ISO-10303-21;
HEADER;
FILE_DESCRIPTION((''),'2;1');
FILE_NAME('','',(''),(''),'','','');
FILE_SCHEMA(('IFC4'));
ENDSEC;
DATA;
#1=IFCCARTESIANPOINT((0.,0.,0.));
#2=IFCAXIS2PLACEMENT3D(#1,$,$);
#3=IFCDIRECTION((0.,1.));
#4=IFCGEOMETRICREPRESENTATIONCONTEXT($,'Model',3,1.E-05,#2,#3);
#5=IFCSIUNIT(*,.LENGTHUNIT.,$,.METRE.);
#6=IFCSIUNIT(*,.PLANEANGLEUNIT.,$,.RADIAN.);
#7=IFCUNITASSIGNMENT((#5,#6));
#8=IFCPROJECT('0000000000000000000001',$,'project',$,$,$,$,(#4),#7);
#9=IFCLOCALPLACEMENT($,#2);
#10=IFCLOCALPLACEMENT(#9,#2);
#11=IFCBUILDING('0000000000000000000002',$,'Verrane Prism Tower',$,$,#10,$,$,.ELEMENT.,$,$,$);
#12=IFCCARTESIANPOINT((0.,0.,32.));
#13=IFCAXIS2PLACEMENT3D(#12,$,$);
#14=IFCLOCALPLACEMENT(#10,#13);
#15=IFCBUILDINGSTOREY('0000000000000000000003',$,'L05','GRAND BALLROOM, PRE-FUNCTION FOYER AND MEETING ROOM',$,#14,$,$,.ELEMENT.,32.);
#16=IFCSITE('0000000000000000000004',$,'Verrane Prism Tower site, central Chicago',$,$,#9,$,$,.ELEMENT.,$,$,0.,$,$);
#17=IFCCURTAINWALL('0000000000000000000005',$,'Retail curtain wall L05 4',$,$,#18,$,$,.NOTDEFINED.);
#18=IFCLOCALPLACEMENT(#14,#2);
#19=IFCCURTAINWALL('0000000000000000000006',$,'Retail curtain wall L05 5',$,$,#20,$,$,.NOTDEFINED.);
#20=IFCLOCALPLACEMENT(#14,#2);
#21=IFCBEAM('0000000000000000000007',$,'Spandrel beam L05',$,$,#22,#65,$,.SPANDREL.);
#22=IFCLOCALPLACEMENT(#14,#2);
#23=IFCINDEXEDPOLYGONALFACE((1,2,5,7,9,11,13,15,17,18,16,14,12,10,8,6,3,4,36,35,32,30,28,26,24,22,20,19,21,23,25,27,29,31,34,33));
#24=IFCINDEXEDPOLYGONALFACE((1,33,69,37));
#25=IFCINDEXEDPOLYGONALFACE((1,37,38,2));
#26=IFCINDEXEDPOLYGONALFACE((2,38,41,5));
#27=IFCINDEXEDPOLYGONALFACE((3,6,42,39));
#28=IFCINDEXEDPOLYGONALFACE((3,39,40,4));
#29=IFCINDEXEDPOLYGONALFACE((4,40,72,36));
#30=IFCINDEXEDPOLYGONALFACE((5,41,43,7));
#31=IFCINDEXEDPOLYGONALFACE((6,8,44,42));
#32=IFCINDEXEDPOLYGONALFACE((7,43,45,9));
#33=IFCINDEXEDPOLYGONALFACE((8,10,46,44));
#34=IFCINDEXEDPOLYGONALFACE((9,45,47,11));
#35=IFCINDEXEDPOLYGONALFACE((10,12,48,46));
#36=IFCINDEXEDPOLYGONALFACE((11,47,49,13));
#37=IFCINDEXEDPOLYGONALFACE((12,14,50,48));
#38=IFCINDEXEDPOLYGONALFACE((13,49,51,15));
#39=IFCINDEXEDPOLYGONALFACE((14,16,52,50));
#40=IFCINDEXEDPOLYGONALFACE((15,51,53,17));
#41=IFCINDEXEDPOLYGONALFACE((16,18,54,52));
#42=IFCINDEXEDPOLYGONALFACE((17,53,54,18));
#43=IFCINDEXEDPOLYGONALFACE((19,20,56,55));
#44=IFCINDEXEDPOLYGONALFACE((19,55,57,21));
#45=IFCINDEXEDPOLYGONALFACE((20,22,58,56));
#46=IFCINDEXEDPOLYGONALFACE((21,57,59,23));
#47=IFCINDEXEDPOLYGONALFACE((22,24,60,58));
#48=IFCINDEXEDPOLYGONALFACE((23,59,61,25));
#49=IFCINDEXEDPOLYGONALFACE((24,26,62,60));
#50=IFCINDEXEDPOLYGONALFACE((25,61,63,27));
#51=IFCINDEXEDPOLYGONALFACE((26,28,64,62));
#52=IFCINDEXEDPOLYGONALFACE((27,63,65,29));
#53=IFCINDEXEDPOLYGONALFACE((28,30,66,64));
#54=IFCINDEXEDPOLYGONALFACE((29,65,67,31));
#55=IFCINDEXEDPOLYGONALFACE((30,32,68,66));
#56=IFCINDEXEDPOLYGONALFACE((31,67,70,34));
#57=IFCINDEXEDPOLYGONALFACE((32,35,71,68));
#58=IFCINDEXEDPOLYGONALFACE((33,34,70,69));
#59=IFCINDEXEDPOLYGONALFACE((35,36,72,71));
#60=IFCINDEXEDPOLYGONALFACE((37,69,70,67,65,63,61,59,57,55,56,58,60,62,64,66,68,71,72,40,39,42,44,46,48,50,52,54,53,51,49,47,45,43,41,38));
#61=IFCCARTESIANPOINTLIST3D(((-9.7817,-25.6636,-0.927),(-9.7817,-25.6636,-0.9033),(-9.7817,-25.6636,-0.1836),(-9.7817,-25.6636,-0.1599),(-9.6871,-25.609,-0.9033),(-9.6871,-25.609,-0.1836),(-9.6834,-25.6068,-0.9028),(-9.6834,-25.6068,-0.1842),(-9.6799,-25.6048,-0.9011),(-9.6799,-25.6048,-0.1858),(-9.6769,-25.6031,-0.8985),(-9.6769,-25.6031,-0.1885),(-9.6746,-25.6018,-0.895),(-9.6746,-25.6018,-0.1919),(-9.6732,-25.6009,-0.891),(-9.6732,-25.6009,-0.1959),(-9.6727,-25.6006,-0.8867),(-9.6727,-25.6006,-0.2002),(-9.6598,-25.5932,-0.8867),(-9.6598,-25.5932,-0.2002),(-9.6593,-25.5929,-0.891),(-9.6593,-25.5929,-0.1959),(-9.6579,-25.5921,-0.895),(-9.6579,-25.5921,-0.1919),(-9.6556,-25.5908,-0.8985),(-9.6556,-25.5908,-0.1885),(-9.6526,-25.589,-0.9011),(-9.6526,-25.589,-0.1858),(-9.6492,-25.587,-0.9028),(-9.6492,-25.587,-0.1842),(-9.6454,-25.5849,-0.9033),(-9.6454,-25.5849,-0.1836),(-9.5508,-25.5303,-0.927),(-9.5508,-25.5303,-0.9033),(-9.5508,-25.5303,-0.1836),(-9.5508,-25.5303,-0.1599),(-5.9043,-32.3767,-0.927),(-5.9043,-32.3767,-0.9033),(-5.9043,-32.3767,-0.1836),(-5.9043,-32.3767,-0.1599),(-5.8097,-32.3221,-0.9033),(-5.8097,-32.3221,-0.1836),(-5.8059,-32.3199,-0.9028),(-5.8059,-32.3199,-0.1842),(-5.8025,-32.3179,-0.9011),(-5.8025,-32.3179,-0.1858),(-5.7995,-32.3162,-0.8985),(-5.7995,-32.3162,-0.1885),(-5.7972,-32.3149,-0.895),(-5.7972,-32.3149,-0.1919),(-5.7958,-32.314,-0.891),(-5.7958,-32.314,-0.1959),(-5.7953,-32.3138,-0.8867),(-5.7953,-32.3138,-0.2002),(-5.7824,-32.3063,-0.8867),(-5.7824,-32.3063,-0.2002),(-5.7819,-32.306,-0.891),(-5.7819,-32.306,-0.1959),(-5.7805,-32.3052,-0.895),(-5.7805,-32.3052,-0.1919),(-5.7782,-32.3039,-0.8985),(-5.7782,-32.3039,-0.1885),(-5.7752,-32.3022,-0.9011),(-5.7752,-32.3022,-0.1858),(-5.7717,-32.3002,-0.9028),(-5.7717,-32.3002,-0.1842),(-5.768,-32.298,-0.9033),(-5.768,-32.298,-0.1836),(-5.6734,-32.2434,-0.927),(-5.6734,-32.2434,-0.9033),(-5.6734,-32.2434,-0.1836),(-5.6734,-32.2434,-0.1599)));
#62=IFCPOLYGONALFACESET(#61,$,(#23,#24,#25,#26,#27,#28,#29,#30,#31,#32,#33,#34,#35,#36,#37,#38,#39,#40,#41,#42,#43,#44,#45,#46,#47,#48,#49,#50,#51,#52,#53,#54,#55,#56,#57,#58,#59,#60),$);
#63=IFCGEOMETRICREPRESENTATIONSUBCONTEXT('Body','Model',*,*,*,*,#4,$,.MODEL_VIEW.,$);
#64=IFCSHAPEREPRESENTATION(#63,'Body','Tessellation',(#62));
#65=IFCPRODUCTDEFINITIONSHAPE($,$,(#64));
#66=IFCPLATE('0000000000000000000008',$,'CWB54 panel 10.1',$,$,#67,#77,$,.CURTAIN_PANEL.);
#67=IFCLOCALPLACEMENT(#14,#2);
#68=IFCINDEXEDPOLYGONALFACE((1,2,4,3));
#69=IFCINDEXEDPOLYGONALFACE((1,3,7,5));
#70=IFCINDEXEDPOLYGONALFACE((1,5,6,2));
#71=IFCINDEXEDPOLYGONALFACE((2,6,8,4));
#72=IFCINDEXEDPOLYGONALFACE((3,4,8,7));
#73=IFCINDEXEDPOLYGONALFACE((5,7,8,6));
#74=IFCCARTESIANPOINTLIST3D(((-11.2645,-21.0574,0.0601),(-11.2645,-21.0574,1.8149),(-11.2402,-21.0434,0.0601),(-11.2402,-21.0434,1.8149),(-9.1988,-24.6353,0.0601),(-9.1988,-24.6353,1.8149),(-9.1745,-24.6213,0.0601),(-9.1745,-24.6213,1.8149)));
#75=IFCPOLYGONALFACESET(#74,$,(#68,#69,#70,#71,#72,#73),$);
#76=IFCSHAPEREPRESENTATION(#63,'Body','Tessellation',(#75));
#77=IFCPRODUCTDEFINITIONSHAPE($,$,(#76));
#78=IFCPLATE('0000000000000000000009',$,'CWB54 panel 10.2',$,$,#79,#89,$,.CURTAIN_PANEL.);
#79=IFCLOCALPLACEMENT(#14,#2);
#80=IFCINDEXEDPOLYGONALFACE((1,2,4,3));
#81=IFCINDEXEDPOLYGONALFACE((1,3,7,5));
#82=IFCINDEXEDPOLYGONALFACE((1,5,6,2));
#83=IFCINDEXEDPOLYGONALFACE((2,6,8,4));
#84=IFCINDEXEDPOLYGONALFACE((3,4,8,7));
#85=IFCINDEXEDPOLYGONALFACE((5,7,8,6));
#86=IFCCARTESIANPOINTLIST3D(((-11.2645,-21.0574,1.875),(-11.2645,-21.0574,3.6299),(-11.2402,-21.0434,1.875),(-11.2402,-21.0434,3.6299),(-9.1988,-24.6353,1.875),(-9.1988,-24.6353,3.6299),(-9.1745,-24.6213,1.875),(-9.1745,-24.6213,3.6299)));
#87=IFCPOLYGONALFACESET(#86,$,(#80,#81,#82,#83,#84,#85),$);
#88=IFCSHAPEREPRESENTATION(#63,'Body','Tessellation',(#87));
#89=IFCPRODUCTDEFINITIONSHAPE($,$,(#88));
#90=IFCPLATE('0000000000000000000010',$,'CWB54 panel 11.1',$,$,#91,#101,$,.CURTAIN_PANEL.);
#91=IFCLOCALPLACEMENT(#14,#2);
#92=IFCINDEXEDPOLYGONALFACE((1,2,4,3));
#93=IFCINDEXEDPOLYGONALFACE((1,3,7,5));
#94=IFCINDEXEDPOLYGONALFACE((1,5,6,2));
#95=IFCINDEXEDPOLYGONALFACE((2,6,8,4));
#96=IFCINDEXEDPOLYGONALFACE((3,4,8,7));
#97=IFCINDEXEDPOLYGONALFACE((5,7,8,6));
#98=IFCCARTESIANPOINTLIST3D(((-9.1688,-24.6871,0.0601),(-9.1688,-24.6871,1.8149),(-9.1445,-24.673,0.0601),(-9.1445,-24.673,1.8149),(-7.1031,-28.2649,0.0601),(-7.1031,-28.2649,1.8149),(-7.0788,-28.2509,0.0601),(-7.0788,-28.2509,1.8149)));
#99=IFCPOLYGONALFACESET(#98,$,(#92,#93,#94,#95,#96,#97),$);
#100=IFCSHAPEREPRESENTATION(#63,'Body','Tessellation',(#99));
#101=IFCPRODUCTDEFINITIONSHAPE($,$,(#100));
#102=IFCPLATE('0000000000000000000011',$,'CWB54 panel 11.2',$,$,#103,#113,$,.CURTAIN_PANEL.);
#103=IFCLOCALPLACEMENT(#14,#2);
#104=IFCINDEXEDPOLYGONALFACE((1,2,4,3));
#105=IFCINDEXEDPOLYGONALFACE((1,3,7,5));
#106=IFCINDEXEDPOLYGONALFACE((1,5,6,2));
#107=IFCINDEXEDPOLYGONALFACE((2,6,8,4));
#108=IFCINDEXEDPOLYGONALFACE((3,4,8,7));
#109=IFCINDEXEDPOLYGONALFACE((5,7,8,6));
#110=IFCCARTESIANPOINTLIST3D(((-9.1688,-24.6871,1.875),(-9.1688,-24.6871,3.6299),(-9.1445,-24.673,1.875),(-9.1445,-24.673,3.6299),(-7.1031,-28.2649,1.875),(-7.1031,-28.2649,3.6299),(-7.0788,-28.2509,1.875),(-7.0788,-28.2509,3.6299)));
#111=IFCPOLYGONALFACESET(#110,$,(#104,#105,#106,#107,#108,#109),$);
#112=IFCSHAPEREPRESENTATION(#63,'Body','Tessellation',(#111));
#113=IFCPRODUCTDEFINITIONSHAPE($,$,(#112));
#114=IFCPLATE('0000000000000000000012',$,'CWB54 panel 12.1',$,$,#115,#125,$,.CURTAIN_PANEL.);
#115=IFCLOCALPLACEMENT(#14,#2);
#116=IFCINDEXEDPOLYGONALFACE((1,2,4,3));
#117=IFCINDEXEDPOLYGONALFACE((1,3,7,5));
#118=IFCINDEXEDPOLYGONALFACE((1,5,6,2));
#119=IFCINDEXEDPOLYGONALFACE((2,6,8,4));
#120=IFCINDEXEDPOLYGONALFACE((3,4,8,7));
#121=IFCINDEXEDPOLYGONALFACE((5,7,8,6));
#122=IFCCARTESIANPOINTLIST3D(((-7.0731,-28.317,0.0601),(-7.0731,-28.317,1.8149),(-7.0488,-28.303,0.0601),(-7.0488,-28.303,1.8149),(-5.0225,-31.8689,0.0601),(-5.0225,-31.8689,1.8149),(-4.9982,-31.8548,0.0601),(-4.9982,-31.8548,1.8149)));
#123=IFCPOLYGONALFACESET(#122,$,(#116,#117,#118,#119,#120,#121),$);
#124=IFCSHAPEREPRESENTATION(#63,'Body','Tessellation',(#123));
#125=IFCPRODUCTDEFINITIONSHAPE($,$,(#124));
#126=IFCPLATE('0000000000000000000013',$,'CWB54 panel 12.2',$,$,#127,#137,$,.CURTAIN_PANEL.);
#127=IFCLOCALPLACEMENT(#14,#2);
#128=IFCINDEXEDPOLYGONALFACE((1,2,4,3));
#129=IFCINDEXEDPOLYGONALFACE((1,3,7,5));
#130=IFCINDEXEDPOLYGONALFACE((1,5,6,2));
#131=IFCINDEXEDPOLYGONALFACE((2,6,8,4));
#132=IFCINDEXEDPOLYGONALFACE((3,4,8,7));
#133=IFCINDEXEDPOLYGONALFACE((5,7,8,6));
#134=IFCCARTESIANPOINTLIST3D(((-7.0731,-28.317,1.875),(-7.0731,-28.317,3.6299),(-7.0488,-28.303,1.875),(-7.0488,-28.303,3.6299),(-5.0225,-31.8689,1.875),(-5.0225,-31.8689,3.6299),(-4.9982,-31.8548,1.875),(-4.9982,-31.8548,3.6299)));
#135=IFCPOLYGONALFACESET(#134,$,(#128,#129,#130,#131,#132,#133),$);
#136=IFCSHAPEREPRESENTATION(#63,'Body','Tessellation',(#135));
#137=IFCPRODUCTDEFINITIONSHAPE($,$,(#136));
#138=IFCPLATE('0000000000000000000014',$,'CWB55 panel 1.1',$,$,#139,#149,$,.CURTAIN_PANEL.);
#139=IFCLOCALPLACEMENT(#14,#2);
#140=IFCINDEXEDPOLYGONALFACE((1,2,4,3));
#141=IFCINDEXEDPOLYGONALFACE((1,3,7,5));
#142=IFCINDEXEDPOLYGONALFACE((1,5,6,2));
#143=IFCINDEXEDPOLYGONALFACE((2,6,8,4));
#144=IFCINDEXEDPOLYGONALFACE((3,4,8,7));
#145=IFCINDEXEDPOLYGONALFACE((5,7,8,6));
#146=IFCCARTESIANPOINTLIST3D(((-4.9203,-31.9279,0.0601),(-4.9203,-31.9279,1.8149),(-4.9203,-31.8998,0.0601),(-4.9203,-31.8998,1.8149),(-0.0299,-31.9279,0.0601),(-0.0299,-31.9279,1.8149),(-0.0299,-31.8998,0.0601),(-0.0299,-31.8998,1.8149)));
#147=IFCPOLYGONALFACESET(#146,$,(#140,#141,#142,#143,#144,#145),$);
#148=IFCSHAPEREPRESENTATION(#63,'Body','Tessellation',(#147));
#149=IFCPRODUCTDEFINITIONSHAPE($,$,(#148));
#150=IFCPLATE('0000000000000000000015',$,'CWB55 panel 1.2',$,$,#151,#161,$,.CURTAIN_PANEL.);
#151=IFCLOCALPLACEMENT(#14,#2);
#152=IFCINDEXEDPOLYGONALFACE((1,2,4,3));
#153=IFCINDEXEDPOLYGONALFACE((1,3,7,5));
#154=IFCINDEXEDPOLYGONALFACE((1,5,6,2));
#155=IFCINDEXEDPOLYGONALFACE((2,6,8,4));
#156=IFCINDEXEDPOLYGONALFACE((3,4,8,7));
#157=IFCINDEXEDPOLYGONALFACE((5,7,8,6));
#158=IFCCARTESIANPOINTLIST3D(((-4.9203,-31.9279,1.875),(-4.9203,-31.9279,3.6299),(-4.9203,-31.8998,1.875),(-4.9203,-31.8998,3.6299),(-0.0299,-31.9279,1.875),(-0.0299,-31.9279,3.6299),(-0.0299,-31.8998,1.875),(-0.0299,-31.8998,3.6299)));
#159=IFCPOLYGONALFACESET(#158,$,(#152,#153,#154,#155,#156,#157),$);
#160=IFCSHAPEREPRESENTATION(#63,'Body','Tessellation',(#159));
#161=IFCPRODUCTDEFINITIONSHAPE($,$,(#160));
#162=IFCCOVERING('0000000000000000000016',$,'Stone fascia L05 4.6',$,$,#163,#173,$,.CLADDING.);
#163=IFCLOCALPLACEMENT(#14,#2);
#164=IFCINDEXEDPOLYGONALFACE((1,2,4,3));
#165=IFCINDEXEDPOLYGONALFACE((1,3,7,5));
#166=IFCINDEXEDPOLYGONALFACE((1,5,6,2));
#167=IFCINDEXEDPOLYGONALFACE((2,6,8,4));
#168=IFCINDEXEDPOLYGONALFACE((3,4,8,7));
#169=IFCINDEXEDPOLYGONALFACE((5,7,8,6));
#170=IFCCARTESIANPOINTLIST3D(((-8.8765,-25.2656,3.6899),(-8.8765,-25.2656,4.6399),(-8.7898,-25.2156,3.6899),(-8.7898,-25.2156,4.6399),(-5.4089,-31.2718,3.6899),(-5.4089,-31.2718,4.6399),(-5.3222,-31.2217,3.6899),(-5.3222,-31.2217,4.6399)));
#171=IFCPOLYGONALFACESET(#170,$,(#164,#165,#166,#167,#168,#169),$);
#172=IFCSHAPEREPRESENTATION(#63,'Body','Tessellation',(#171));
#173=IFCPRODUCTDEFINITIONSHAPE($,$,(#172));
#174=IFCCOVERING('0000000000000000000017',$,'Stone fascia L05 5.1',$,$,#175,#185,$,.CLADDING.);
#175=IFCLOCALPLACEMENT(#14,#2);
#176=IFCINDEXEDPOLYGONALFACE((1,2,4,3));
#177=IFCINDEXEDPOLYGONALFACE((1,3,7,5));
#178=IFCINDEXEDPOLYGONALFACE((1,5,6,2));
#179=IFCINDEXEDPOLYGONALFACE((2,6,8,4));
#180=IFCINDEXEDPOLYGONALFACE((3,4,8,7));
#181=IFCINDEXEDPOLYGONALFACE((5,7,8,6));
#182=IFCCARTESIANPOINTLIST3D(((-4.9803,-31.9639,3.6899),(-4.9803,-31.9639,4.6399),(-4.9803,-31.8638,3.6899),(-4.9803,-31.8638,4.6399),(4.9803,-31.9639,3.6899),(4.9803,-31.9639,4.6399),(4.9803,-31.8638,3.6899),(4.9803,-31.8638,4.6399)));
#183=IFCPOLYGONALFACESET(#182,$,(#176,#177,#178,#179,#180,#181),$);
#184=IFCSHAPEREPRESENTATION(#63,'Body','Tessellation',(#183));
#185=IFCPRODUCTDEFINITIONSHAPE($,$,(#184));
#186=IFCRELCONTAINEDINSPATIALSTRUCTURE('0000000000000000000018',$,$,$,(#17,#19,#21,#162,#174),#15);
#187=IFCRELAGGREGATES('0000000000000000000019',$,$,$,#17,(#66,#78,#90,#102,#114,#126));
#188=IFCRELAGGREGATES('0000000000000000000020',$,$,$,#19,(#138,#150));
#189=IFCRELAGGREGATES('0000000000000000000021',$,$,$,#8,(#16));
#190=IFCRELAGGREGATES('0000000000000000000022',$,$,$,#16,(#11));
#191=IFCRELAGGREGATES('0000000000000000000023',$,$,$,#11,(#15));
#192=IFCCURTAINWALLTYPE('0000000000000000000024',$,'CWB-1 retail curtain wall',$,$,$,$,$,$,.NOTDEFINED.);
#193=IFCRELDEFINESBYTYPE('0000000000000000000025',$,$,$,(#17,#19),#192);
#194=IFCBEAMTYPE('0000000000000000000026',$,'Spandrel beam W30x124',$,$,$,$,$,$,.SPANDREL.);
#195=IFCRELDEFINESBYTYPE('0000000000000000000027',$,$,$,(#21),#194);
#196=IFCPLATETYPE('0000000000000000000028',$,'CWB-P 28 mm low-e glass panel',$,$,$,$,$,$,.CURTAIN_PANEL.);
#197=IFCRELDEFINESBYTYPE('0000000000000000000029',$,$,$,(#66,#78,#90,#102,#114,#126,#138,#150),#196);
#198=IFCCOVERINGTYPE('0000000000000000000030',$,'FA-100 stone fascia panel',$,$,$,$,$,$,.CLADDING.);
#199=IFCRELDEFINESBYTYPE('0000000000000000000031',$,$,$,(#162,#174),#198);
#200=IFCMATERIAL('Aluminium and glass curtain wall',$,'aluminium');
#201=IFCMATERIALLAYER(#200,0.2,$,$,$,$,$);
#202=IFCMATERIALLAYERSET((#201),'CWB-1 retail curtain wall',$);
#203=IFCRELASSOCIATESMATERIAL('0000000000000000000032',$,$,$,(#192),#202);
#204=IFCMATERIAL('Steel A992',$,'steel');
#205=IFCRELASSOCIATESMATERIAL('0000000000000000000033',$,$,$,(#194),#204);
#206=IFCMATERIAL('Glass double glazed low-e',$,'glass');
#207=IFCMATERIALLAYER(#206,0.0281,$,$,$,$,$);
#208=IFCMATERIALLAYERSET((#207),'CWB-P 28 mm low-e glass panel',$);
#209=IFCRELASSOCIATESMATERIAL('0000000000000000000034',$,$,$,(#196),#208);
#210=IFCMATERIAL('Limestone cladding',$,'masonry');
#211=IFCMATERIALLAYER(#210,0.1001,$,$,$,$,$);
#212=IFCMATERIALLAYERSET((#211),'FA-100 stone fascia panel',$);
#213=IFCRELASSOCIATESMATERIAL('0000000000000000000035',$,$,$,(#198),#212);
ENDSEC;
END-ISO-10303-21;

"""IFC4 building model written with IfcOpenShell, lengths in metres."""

from ifc_helpers import new_model, si_unit, direction, frame, origin, origin_2d, place, context, subcontext, project, spatial, rectangle, i_section, extrude, material, layer, layer_set, material_profile, profile_set, type_object, element, aggregate, save


model = new_model("IFC4")

# Units and contexts
model_context = context("Model", 3, precision=1e-05, world=origin(), true_north=direction((0.0, 1.0)))
body_context = subcontext(model_context, "Body", "Model", "MODEL_VIEW")
ifc_project = project(units=[si_unit("LENGTHUNIT", "METRE"), si_unit("PLANEANGLEUNIT", "RADIAN")], contexts=[model_context])

# Site, building, storey
site_placement = place(None, origin())
site = spatial("IfcSite", under=ifc_project, at=site_placement, Name="Verrane Prism Tower site, central Chicago", CompositionType="ELEMENT", RefElevation=0.0)
building_placement = place(site_placement, origin())
building = spatial("IfcBuilding", under=site, at=building_placement, Name="Verrane Prism Tower", CompositionType="ELEMENT")
storey_placement = place(building_placement, frame((0.0, 0.0, 32.0)))
storey = spatial("IfcBuildingStorey", under=building, at=storey_placement, Name="L05", Description="GRAND BALLROOM, PRE-FUNCTION FOYER AND MEETING ROOM", CompositionType="ELEMENT", Elevation=32.0)

# Curtain walls
ifc_material_1 = material(Name="Aluminium and glass curtain wall", Category="aluminium")
ifc_layer_1 = layer(ifc_material_1, 0.2)
ifc_layer_set_1 = layer_set([ifc_layer_1], Name="CWB-1 retail curtain wall")
curtain_wall_type = type_object("IfcCurtainWallType", Name="CWB-1 retail curtain wall", PredefinedType="NOTDEFINED", material=ifc_layer_set_1)
curtain_wall_1_placement = place(storey_placement, origin())
curtain_wall_1 = element("IfcCurtainWall", 1, at=curtain_wall_1_placement, inside=storey, type_object=curtain_wall_type, Name="Retail curtain wall L05 4", PredefinedType="NOTDEFINED")
curtain_wall_2_placement = place(storey_placement, origin())
curtain_wall_2 = element("IfcCurtainWall", 2, at=curtain_wall_2_placement, inside=storey, type_object=curtain_wall_type, Name="Retail curtain wall L05 5", PredefinedType="NOTDEFINED")

# Beam
ifc_material_2 = material(Name="Steel A992", Category="steel")
ifc_material_profile_1 = material_profile(ifc_material_2, i_section(OverallWidth=0.2666, OverallDepth=0.7671, WebThickness=0.0149, FlangeThickness=0.0237, FilletRadius=0.0166, at=origin_2d()), Name="W30x124")
ifc_profile_set_1 = profile_set([ifc_material_profile_1], Name="Steel A992")
beam_type_1 = type_object("IfcBeamType", Name="Spandrel beam W30x124", PredefinedType="SPANDREL", material=ifc_profile_set_1)
beam_1_placement = place(storey_placement, frame((-9.6663, -25.5969, -0.5435), z_axis=(0.500156, -0.865935, 0.0), x_axis=(0.865935, 0.500156, 0.0)))
element("IfcBeam", 3, at=beam_1_placement, inside=storey, type_object=beam_type_1, Name="Spandrel beam L05", PredefinedType="SPANDREL", context=body_context, shape_type="SweptSolid", body=[
    extrude(i_section(OverallWidth=0.2666, OverallDepth=0.7671, WebThickness=0.0149, FlangeThickness=0.0237, FilletRadius=0.0166, at=origin_2d()), origin(), (0.0, 0.0, 1.0), 7.7524),
])

# Plates
ifc_material_3 = material(Name="Glass double glazed low-e", Category="glass")
ifc_layer_2 = layer(ifc_material_3, 0.0281)
ifc_layer_set_2 = layer_set([ifc_layer_2], Name="CWB-P 28 mm low-e glass panel")
plate_type = type_object("IfcPlateType", Name="CWB-P 28 mm low-e glass panel", PredefinedType="CURTAIN_PANEL", material=ifc_layer_set_2)
plate_1_placement = place(storey_placement, frame((-10.2195, -22.8394, 0.0601), z_axis=(0.0, 0.0, 1.0), x_axis=(0.5, -0.866025, 0.0)))
plate_1 = element("IfcPlate", 4, at=plate_1_placement, type_object=plate_type, Name="CWB54 panel 10.1", PredefinedType="CURTAIN_PANEL", context=body_context, shape_type="SweptSolid", body=[
    extrude(rectangle(XDim=4.1313, YDim=0.0281, at=origin_2d()), origin(), (0.0, 0.0, 1.0), 1.7549),
])
plate_2_placement = place(storey_placement, frame((-10.2195, -22.8394, 1.875), z_axis=(0.0, 0.0, 1.0), x_axis=(0.5, -0.866025, 0.0)))
plate_2 = element("IfcPlate", 5, at=plate_2_placement, type_object=plate_type, Name="CWB54 panel 10.2", PredefinedType="CURTAIN_PANEL", context=body_context, shape_type="SweptSolid", body=[
    extrude(rectangle(XDim=4.1313, YDim=0.0281, at=origin_2d()), origin(), (0.0, 0.0, 1.0), 1.7549),
])
plate_3_placement = place(storey_placement, frame((-8.1238, -26.469, 0.0601), z_axis=(0.0, 0.0, 1.0), x_axis=(0.5, -0.866025, 0.0)))
plate_3 = element("IfcPlate", 6, at=plate_3_placement, type_object=plate_type, Name="CWB54 panel 11.1", PredefinedType="CURTAIN_PANEL", context=body_context, shape_type="SweptSolid", body=[
    extrude(rectangle(XDim=4.1313, YDim=0.0281, at=origin_2d()), origin(), (0.0, 0.0, 1.0), 1.7549),
])
plate_4_placement = place(storey_placement, frame((-8.1238, -26.469, 1.875), z_axis=(0.0, 0.0, 1.0), x_axis=(0.5, -0.866025, 0.0)))
plate_4 = element("IfcPlate", 7, at=plate_4_placement, type_object=plate_type, Name="CWB54 panel 11.2", PredefinedType="CURTAIN_PANEL", context=body_context, shape_type="SweptSolid", body=[
    extrude(rectangle(XDim=4.1313, YDim=0.0281, at=origin_2d()), origin(), (0.0, 0.0, 1.0), 1.7549),
])
plate_5_placement = place(storey_placement, frame((-6.0356, -30.0859, 0.0601), z_axis=(0.0, 0.0, 1.0), x_axis=(0.5, -0.866025, 0.0)))
plate_5 = element("IfcPlate", 8, at=plate_5_placement, type_object=plate_type, Name="CWB54 panel 12.1", PredefinedType="CURTAIN_PANEL", context=body_context, shape_type="SweptSolid", body=[
    extrude(rectangle(XDim=4.1013, YDim=0.0281, at=origin_2d()), origin(), (0.0, 0.0, 1.0), 1.7549),
])
plate_6_placement = place(storey_placement, frame((-6.0356, -30.0859, 1.875), z_axis=(0.0, 0.0, 1.0), x_axis=(0.5, -0.866025, 0.0)))
plate_6 = element("IfcPlate", 9, at=plate_6_placement, type_object=plate_type, Name="CWB54 panel 12.2", PredefinedType="CURTAIN_PANEL", context=body_context, shape_type="SweptSolid", body=[
    extrude(rectangle(XDim=4.1013, YDim=0.0281, at=origin_2d()), origin(), (0.0, 0.0, 1.0), 1.7549),
])
aggregate(curtain_wall_1, [plate_1, plate_2, plate_3, plate_4, plate_5, plate_6])
plate_7_placement = place(storey_placement, frame((-2.4751, -31.9138, 0.0601), z_axis=(0.0, 0.0, 1.0), x_axis=(1.0, 0.0, 0.0)))
plate_7 = element("IfcPlate", 10, at=plate_7_placement, type_object=plate_type, Name="CWB55 panel 1.1", PredefinedType="CURTAIN_PANEL", context=body_context, shape_type="SweptSolid", body=[
    extrude(rectangle(XDim=4.8904, YDim=0.0281, at=origin_2d()), origin(), (0.0, 0.0, 1.0), 1.7549),
])
plate_8_placement = place(storey_placement, frame((-2.4751, -31.9138, 1.875), z_axis=(0.0, 0.0, 1.0), x_axis=(1.0, 0.0, 0.0)))
plate_8 = element("IfcPlate", 11, at=plate_8_placement, type_object=plate_type, Name="CWB55 panel 1.2", PredefinedType="CURTAIN_PANEL", context=body_context, shape_type="SweptSolid", body=[
    extrude(rectangle(XDim=4.8904, YDim=0.0281, at=origin_2d()), origin(), (0.0, 0.0, 1.0), 1.7549),
])
aggregate(curtain_wall_2, [plate_7, plate_8])

# Coverings
ifc_material_4 = material(Name="Limestone cladding", Category="masonry")
ifc_layer_3 = layer(ifc_material_4, 0.1001)
ifc_layer_set_3 = layer_set([ifc_layer_3], Name="FA-100 stone fascia panel")
covering_type = type_object("IfcCoveringType", Name="FA-100 stone fascia panel", PredefinedType="CLADDING", material=ifc_layer_set_3)
covering_1_placement = place(storey_placement, frame((-7.0994, -28.2437, 3.6899), z_axis=(0.0, 0.0, 1.0), x_axis=(0.5, -0.866025, 0.0)))
element("IfcCovering", 12, at=covering_1_placement, inside=storey, type_object=covering_type, Name="Stone fascia L05 4.6", PredefinedType="CLADDING", context=body_context, shape_type="SweptSolid", body=[
    extrude(rectangle(XDim=6.9353, YDim=0.1001, at=origin_2d()), origin(), (0.0, 0.0, 1.0), 0.95),
])
covering_2_placement = place(storey_placement, frame((0.0, -31.9138, 3.6899), z_axis=(0.0, 0.0, 1.0), x_axis=(1.0, 0.0, 0.0)))
element("IfcCovering", 13, at=covering_2_placement, inside=storey, type_object=covering_type, Name="Stone fascia L05 5.1", PredefinedType="CLADDING", context=body_context, shape_type="SweptSolid", body=[
    extrude(rectangle(XDim=9.9607, YDim=0.1001, at=origin_2d()), origin(), (0.0, 0.0, 1.0), 0.95),
])

save(model, "model.ifc")
